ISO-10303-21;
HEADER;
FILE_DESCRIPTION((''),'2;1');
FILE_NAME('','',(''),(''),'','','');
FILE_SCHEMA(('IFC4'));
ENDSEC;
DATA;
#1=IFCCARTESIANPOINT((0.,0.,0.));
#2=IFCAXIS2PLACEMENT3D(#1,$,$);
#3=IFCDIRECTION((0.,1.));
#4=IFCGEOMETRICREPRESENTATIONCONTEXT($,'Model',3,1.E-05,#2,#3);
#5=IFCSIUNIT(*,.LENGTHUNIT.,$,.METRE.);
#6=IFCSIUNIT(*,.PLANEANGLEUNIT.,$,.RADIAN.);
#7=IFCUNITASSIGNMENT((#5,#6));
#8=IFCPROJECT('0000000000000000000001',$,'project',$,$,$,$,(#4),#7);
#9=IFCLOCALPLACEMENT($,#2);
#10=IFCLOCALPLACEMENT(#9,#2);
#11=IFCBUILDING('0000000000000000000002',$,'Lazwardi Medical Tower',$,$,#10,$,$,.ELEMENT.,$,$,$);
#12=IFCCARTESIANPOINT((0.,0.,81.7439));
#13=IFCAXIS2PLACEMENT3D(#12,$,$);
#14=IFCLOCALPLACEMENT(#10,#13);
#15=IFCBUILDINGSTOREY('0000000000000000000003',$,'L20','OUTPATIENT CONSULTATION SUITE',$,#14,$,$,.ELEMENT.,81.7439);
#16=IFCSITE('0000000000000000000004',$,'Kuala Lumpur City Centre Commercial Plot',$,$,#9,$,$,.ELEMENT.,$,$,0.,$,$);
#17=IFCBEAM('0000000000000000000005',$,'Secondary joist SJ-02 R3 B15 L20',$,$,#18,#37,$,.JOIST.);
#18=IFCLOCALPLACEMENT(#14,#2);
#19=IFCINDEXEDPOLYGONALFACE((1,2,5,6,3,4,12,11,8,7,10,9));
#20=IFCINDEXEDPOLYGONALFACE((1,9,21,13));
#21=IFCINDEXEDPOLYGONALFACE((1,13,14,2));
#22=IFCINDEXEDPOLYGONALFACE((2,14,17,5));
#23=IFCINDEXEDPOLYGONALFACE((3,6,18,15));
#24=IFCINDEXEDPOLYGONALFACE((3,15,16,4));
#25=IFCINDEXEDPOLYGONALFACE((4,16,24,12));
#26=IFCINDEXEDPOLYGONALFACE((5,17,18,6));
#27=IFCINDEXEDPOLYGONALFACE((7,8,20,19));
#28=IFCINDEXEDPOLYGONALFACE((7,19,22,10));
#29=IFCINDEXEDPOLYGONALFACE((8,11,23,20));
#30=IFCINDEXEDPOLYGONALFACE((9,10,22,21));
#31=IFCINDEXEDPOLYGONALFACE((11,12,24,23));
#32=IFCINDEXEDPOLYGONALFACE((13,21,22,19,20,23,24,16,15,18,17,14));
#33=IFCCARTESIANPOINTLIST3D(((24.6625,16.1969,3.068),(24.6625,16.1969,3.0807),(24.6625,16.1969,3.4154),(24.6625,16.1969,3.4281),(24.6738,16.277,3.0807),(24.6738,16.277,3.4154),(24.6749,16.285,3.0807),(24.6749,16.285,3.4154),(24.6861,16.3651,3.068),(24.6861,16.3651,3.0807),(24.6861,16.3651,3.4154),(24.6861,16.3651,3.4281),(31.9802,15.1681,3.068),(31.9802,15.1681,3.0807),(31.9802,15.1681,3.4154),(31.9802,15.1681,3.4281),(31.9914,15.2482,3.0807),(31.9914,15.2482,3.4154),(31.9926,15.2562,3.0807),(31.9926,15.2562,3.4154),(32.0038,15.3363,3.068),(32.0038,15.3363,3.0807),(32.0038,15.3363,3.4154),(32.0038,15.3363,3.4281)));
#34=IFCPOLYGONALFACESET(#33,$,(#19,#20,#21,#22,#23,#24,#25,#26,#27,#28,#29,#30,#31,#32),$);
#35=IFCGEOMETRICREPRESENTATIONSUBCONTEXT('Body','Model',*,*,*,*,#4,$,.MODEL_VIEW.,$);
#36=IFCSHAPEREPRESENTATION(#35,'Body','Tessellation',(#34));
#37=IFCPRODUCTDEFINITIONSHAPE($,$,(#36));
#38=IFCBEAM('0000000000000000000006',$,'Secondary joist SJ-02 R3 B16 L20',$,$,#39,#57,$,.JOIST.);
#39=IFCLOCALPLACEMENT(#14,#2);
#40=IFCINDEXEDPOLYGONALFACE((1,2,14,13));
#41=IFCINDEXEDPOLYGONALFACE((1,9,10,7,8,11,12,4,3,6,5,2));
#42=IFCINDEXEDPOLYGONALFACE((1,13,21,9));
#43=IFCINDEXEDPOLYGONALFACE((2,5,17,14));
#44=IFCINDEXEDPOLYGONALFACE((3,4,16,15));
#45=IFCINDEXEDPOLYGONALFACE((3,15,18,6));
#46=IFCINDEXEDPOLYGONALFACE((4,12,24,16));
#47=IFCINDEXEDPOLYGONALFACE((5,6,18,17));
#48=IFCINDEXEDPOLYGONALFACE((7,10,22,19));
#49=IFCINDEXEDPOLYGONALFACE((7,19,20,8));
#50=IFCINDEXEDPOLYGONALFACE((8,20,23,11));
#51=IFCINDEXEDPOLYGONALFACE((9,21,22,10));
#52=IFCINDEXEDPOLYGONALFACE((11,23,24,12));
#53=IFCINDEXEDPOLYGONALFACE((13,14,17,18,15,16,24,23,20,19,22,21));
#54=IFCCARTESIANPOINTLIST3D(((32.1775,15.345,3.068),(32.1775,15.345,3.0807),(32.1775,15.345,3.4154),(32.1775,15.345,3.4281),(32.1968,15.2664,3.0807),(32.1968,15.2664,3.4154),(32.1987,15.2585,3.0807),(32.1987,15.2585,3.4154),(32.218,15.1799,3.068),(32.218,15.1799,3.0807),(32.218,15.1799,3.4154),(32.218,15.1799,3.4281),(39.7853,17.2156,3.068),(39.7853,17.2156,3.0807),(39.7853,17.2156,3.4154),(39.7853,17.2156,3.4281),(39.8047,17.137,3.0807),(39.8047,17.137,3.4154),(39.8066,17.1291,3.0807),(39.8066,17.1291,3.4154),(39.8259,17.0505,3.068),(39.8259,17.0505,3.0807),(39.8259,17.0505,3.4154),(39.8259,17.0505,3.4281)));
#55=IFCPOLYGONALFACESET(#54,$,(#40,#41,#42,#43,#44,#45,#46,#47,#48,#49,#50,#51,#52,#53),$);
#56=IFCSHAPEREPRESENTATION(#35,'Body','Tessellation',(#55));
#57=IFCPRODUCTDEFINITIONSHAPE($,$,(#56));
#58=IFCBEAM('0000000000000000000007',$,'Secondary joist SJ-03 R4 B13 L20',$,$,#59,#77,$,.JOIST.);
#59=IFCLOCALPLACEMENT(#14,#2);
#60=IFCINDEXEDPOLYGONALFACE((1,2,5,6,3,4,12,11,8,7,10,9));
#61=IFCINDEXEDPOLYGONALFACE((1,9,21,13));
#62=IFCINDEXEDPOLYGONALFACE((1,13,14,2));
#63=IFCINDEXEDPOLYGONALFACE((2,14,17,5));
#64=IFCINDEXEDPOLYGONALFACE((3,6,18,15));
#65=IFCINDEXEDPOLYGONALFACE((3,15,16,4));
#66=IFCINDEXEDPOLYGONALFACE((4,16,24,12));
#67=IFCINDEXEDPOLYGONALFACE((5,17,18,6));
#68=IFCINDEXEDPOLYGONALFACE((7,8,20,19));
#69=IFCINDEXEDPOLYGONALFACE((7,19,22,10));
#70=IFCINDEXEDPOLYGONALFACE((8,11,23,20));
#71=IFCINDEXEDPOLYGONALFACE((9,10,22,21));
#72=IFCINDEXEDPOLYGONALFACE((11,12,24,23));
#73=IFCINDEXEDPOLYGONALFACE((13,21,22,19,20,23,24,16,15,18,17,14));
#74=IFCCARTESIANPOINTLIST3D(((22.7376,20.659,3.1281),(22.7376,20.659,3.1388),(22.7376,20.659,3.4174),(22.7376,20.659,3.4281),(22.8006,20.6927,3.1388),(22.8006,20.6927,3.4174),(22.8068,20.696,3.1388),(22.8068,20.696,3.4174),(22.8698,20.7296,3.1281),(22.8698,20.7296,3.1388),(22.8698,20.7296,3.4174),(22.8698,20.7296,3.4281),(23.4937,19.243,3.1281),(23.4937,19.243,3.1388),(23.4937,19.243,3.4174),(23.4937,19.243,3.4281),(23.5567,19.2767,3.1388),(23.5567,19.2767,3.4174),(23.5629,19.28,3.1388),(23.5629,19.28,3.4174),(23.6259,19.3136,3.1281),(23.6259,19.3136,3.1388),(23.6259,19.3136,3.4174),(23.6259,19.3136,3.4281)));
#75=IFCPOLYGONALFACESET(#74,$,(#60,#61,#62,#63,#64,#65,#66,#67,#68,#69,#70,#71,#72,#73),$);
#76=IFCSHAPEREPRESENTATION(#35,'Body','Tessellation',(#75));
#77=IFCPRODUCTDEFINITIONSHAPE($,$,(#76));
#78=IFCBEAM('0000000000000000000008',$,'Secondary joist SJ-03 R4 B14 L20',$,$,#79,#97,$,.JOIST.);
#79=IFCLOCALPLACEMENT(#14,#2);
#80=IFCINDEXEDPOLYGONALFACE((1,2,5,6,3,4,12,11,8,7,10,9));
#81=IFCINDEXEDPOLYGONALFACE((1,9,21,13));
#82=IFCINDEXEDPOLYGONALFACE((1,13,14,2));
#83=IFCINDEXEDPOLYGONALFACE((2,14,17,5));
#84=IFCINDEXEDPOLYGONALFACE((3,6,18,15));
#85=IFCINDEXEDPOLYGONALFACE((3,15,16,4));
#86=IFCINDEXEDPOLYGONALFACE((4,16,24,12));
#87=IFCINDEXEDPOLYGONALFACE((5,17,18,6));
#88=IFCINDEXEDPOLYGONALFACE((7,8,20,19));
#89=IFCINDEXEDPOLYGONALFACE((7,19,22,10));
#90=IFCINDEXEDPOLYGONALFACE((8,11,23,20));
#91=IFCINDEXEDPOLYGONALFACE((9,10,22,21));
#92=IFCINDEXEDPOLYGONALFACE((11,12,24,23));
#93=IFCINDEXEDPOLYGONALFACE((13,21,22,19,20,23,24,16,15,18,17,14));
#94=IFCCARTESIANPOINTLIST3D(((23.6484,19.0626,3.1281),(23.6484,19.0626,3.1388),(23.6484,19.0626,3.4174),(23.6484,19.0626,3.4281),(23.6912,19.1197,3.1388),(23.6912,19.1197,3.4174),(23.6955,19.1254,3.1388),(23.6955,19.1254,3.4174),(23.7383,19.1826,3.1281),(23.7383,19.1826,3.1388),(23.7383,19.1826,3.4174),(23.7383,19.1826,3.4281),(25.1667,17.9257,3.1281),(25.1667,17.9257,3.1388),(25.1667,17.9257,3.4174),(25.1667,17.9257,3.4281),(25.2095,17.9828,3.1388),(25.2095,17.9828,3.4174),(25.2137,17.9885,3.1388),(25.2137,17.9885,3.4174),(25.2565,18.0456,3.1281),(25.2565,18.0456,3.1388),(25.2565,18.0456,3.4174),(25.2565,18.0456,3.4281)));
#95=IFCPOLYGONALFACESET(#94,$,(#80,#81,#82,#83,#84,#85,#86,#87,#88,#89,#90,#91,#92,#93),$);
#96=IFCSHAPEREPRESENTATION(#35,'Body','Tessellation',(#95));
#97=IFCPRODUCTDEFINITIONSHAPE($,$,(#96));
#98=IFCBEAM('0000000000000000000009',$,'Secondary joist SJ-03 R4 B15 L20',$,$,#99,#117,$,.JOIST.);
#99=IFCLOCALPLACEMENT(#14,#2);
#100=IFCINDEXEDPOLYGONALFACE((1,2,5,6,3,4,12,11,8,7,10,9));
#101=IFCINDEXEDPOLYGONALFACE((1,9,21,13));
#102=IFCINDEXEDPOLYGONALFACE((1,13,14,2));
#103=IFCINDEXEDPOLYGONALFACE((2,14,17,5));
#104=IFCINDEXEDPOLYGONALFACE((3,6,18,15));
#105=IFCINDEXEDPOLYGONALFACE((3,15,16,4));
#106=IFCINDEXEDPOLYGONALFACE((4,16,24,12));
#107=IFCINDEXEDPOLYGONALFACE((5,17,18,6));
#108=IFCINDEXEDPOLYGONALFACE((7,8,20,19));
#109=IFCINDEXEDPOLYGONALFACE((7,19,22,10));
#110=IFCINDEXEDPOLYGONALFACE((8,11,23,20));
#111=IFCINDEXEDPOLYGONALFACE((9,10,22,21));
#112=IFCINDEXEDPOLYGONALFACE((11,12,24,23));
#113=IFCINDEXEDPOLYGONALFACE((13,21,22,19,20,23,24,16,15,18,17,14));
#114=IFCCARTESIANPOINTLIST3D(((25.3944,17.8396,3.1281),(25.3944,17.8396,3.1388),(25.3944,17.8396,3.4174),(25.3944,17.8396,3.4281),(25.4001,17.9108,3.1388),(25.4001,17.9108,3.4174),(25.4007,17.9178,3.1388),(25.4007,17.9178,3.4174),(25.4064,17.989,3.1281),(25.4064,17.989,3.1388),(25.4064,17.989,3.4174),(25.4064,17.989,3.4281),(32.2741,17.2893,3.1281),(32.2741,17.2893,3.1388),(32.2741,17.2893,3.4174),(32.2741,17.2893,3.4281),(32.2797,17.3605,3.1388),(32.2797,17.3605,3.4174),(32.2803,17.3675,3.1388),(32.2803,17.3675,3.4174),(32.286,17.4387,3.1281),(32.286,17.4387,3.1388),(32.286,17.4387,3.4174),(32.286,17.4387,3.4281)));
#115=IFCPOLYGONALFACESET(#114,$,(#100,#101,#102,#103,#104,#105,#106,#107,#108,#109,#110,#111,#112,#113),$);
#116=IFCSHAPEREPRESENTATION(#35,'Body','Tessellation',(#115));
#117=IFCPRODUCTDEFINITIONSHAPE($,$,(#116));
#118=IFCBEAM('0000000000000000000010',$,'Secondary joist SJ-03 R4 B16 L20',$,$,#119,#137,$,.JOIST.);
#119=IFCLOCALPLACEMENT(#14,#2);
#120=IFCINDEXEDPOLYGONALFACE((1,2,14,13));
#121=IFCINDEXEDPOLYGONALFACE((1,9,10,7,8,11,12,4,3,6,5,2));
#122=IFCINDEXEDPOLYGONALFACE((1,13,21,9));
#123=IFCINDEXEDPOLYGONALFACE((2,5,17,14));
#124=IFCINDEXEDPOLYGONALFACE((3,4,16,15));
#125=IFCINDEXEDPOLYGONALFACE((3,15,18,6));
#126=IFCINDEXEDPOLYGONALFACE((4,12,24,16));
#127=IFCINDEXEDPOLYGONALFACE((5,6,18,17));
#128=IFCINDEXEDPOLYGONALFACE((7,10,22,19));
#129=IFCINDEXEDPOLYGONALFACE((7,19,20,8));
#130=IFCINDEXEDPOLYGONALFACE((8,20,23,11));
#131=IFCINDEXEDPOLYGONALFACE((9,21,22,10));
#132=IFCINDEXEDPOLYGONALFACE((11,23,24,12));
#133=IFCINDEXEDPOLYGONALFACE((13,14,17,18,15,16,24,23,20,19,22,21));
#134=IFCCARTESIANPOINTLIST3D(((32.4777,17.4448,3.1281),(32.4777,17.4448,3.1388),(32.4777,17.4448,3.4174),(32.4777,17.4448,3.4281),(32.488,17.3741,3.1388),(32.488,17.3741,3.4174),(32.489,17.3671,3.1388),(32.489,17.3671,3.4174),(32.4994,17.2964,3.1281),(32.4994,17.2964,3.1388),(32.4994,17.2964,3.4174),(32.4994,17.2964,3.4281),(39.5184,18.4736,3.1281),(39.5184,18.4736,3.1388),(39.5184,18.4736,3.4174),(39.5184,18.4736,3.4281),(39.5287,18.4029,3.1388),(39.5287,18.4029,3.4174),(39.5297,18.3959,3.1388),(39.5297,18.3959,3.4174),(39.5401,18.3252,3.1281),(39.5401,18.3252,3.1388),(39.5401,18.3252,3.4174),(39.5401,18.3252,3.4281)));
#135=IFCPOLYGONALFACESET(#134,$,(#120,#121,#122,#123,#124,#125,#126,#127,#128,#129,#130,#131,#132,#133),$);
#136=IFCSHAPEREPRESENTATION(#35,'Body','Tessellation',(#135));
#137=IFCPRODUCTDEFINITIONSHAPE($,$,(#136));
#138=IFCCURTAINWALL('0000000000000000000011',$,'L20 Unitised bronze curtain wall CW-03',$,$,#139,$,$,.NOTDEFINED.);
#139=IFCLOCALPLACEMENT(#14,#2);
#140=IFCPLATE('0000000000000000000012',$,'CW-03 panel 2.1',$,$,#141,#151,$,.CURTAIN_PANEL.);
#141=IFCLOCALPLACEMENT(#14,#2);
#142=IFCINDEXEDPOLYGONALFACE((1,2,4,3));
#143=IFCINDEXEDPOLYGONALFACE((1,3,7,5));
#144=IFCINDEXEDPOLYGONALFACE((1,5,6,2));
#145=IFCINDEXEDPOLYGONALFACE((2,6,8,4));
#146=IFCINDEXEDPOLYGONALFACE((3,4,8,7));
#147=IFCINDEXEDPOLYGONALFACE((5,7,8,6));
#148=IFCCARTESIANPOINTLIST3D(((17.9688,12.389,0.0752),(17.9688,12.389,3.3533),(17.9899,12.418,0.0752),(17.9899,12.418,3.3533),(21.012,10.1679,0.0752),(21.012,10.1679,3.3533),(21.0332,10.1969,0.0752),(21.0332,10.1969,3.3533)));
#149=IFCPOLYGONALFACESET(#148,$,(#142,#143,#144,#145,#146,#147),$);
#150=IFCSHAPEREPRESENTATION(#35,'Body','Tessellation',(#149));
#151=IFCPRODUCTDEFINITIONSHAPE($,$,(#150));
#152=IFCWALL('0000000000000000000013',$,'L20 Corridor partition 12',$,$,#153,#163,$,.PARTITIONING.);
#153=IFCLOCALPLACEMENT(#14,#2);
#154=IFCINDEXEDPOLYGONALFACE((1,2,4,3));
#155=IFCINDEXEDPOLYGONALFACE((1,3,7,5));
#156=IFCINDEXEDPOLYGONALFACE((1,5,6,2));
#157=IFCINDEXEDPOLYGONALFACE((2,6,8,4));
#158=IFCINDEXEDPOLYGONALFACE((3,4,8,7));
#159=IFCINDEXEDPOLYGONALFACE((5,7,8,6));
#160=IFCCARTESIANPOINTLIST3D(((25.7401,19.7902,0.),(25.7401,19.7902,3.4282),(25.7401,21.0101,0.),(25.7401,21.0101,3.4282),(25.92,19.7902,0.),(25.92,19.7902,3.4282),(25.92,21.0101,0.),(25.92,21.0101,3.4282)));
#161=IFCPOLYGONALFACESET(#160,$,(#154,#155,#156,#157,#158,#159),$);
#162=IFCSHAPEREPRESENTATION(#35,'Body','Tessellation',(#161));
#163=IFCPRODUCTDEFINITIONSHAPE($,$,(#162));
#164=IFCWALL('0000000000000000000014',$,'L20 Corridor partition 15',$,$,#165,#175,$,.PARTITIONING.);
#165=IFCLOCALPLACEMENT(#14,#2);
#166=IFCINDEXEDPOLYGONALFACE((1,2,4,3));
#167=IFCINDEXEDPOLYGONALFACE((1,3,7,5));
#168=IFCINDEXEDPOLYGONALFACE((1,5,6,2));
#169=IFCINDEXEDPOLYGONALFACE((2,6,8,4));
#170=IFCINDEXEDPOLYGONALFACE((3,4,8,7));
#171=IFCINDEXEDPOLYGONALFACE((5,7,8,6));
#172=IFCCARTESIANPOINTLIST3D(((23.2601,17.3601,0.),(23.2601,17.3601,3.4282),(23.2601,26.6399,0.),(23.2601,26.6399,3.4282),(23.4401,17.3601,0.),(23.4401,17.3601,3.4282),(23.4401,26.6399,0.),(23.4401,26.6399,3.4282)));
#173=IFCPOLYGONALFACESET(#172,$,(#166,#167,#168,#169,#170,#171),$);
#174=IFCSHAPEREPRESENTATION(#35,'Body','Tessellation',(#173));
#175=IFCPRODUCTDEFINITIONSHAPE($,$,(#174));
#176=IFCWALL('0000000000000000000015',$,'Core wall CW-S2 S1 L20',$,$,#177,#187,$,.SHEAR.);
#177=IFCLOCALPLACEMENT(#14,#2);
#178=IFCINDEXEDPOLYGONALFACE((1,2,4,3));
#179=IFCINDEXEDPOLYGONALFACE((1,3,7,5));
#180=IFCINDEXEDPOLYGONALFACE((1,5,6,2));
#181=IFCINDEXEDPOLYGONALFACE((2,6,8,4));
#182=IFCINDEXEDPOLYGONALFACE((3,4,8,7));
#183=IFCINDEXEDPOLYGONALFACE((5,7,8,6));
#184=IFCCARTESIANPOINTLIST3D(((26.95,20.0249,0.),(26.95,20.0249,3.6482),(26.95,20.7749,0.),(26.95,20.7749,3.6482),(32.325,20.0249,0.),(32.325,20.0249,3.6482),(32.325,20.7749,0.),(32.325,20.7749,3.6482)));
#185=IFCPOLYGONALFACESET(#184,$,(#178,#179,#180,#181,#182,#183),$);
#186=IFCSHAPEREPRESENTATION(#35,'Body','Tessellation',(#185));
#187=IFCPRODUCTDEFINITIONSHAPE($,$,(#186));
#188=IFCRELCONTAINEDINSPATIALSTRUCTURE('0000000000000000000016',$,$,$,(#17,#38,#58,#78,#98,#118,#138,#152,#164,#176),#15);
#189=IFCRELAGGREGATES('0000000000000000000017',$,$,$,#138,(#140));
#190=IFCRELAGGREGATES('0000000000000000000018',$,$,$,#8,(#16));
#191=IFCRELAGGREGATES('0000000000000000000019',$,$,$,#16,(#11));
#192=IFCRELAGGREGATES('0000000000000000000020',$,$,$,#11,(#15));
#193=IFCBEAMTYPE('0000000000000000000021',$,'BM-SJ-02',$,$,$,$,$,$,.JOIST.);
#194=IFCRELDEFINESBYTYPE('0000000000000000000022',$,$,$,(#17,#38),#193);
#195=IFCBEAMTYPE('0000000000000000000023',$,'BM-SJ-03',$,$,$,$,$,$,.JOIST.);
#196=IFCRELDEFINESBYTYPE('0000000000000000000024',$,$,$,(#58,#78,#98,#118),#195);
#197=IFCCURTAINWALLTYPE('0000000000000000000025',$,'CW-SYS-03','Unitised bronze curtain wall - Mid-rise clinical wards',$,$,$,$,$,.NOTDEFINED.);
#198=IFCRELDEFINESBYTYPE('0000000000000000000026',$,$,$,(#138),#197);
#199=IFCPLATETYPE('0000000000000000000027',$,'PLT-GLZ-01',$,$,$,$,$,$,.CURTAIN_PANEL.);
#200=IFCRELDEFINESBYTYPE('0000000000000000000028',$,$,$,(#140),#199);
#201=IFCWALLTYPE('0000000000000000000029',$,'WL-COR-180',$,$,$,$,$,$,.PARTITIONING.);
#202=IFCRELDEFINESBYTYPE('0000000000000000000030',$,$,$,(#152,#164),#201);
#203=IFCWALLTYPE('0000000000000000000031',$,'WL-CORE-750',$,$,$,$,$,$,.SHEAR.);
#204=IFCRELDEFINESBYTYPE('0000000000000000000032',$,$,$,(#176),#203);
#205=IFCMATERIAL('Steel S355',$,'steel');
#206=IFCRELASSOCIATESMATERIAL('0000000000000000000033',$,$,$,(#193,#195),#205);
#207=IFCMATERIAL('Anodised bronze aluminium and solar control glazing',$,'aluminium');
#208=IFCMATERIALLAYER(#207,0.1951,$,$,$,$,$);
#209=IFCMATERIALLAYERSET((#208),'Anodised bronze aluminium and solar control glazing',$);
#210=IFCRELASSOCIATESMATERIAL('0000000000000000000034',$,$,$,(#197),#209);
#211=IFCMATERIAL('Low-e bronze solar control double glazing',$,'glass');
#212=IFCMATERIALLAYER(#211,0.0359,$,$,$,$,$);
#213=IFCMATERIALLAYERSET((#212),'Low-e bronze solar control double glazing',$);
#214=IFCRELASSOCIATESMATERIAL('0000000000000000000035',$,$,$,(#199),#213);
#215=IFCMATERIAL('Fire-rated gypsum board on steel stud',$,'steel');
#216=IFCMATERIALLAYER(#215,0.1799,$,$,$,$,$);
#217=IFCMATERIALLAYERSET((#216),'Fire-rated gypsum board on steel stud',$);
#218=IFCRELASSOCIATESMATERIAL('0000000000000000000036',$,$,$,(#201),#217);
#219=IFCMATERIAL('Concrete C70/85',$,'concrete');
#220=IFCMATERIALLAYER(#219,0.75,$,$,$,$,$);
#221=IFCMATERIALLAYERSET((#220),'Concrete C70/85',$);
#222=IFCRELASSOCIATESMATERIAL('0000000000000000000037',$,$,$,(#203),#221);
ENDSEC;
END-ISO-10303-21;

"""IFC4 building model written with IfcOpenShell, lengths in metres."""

from ifc_helpers import new_model, si_unit, direction, frame, frame_2d, origin, origin_2d, place, context, subcontext, project, spatial, rectangle, i_section, extrude, material, layer, layer_set, material_profile, profile_set, type_object, element, aggregate, save


model = new_model("IFC4")

# Units and contexts
model_context = context("Model", 3, precision=1e-05, world=origin(), true_north=direction((0.0, 1.0)))
body_context = subcontext(model_context, "Body", "Model", "MODEL_VIEW")
ifc_project = project(units=[si_unit("LENGTHUNIT", "METRE"), si_unit("PLANEANGLEUNIT", "RADIAN")], contexts=[model_context])

# Site, building, storey
site_placement = place(None, origin())
site = spatial("IfcSite", under=ifc_project, at=site_placement, Name="Kuala Lumpur City Centre Commercial Plot", CompositionType="ELEMENT", RefElevation=0.0)
building_placement = place(site_placement, origin())
building = spatial("IfcBuilding", under=site, at=building_placement, Name="Lazwardi Medical Tower", CompositionType="ELEMENT")
storey_placement = place(building_placement, frame((0.0, 0.0, 81.7439)))
storey = spatial("IfcBuildingStorey", under=building, at=storey_placement, Name="L20", Description="OUTPATIENT CONSULTATION SUITE", CompositionType="ELEMENT", Elevation=81.7439)

# Shared definitions
ifc_material_1 = material(Name="Concrete C70/85", Category="concrete")

# Beams
ifc_material_2 = material(Name="Steel S355", Category="steel")
ifc_material_profile_1 = material_profile(ifc_material_2, i_section(OverallWidth=0.1699, OverallDepth=0.3601, WebThickness=0.0081, FlangeThickness=0.0127, at=origin_2d()), Name="IPE 360")
ifc_profile_set_1 = profile_set([ifc_material_profile_1], Name="Steel S355")
beam_type_1 = type_object("IfcBeamType", Name="BM-SJ-02", PredefinedType="JOIST", material=ifc_profile_set_1)
beam_1_placement = place(storey_placement, frame((24.6743, 16.281, 3.248), z_axis=(0.990261, -0.139224, 0.0), x_axis=(0.139224, 0.990261, 0.0)))
element("IfcBeam", 1, at=beam_1_placement, inside=storey, type_object=beam_type_1, Name="Secondary joist SJ-02 R3 B15 L20", PredefinedType="JOIST", context=body_context, shape_type="SweptSolid", body=[
    extrude(i_section(OverallWidth=0.1699, OverallDepth=0.3601, WebThickness=0.0081, FlangeThickness=0.0127, at=origin_2d()), origin(), (0.0, 0.0, 1.0), 7.3896),
])
beam_2_placement = place(storey_placement, frame((32.1978, 15.2625, 3.248), z_axis=(0.971077, 0.238765, 0.0), x_axis=(-0.238765, 0.971077, 0.0)))
element("IfcBeam", 2, at=beam_2_placement, inside=storey, type_object=beam_type_1, Name="Secondary joist SJ-02 R3 B16 L20", PredefinedType="JOIST", context=body_context, shape_type="SweptSolid", body=[
    extrude(i_section(OverallWidth=0.1699, OverallDepth=0.3601, WebThickness=0.0081, FlangeThickness=0.0127, at=origin_2d()), origin(), (0.0, 0.0, 1.0), 7.8345),
])
ifc_material_profile_2 = material_profile(ifc_material_2, i_section(OverallWidth=0.1499, OverallDepth=0.3, WebThickness=0.0071, FlangeThickness=0.0107, at=origin_2d()), Name="IPE 300")
ifc_profile_set_2 = profile_set([ifc_material_profile_2], Name="Steel S355")
beam_type_2 = type_object("IfcBeamType", Name="BM-SJ-03", PredefinedType="JOIST", material=ifc_profile_set_2)
beam_3_placement = place(storey_placement, frame((22.8037, 20.6943, 3.2781), z_axis=(0.471022, -0.882121, 0.0), x_axis=(0.882121, 0.471022, 0.0)))
element("IfcBeam", 3, at=beam_3_placement, inside=storey, type_object=beam_type_2, Name="Secondary joist SJ-03 R4 B13 L20", PredefinedType="JOIST", context=body_context, shape_type="SweptSolid", body=[
    extrude(i_section(OverallWidth=0.1499, OverallDepth=0.3, WebThickness=0.0071, FlangeThickness=0.0107, at=origin_2d()), origin(), (0.0, 0.0, 1.0), 1.6052),
])
beam_4_placement = place(storey_placement, frame((23.6934, 19.1226, 3.2781), z_axis=(0.800448, -0.599403, 0.0), x_axis=(0.599403, 0.800448, 0.0)))
element("IfcBeam", 4, at=beam_4_placement, inside=storey, type_object=beam_type_2, Name="Secondary joist SJ-03 R4 B14 L20", PredefinedType="JOIST", context=body_context, shape_type="SweptSolid", body=[
    extrude(i_section(OverallWidth=0.1499, OverallDepth=0.3, WebThickness=0.0071, FlangeThickness=0.0107, at=origin_2d()), origin(), (0.0, 0.0, 1.0), 1.8967),
])
beam_5_placement = place(storey_placement, frame((25.4004, 17.9143, 3.2781), z_axis=(0.996816, -0.079734, 0.0), x_axis=(0.079734, 0.996816, 0.0)))
element("IfcBeam", 5, at=beam_5_placement, inside=storey, type_object=beam_type_2, Name="Secondary joist SJ-03 R4 B15 L20", PredefinedType="JOIST", context=body_context, shape_type="SweptSolid", body=[
    extrude(i_section(OverallWidth=0.1499, OverallDepth=0.3, WebThickness=0.0071, FlangeThickness=0.0107, at=origin_2d()), origin(), (0.0, 0.0, 1.0), 6.9016),
])
beam_6_placement = place(storey_placement, frame((32.4885, 17.3706, 3.2781), z_axis=(0.989492, 0.144586, 0.0), x_axis=(-0.144586, 0.989492, 0.0)))
element("IfcBeam", 6, at=beam_6_placement, inside=storey, type_object=beam_type_2, Name="Secondary joist SJ-03 R4 B16 L20", PredefinedType="JOIST", context=body_context, shape_type="SweptSolid", body=[
    extrude(i_section(OverallWidth=0.1499, OverallDepth=0.3, WebThickness=0.0071, FlangeThickness=0.0107, at=origin_2d()), origin(), (0.0, 0.0, 1.0), 7.1155),
])

# Curtain wall, plate
ifc_material_3 = material(Name="Anodised bronze aluminium and solar control glazing", Category="aluminium")
ifc_layer_1 = layer(ifc_material_3, 0.1951)
ifc_layer_set_1 = layer_set([ifc_layer_1], Name="Anodised bronze aluminium and solar control glazing")
curtain_wall_type = type_object("IfcCurtainWallType", Name="CW-SYS-03", Description="Unitised bronze curtain wall - Mid-rise clinical wards", PredefinedType="NOTDEFINED", material=ifc_layer_set_1)
curtain_wall_placement = place(storey_placement, origin())
curtain_wall = element("IfcCurtainWall", 7, at=curtain_wall_placement, inside=storey, type_object=curtain_wall_type, Name="L20 Unitised bronze curtain wall CW-03", PredefinedType="NOTDEFINED")
ifc_material_4 = material(Name="Low-e bronze solar control double glazing", Category="glass")
ifc_layer_2 = layer(ifc_material_4, 0.0359)
ifc_layer_set_2 = layer_set([ifc_layer_2], Name="Low-e bronze solar control double glazing")
plate_type = type_object("IfcPlateType", Name="PLT-GLZ-01", PredefinedType="CURTAIN_PANEL", material=ifc_layer_set_2)
plate_placement = place(storey_placement, frame((19.501, 11.293, 0.0752), z_axis=(0.0, 0.0, 1.0), x_axis=(0.807746, -0.589531, 0.0)))
plate = element("IfcPlate", 8, at=plate_placement, type_object=plate_type, Name="CW-03 panel 2.1", PredefinedType="CURTAIN_PANEL", context=body_context, shape_type="SweptSolid", body=[
    extrude(rectangle(XDim=3.7676, YDim=0.0359, at=origin_2d()), origin(), (0.0, 0.0, 1.0), 3.2781),
])
aggregate(curtain_wall, [plate])

# Walls
ifc_material_5 = material(Name="Fire-rated gypsum board on steel stud", Category="steel")
ifc_layer_3 = layer(ifc_material_5, 0.1799)
ifc_layer_set_3 = layer_set([ifc_layer_3], Name="Fire-rated gypsum board on steel stud")
wall_type_1 = type_object("IfcWallType", Name="WL-COR-180", PredefinedType="PARTITIONING", material=ifc_layer_set_3)
wall_1_placement = place(storey_placement, frame((25.8301, 21.01, 0.0), z_axis=(0.0, 0.0, 1.0), x_axis=(0.0, -1.0, 0.0)))
element("IfcWall", 9, at=wall_1_placement, inside=storey, type_object=wall_type_1, Name="L20 Corridor partition 12", PredefinedType="PARTITIONING", context=body_context, shape_type="SweptSolid", body=[
    extrude(rectangle(XDim=1.22, YDim=0.1799, at=frame_2d((0.6099, 0.0))), origin(), (0.0, 0.0, 1.0), 3.4282),
])
wall_2_placement = place(storey_placement, frame((23.3501, 17.3601, 0.0), z_axis=(0.0, 0.0, 1.0), x_axis=(0.0, 1.0, 0.0)))
element("IfcWall", 10, at=wall_2_placement, inside=storey, type_object=wall_type_1, Name="L20 Corridor partition 15", PredefinedType="PARTITIONING", context=body_context, shape_type="SweptSolid", body=[
    extrude(rectangle(XDim=9.2798, YDim=0.1799, at=frame_2d((4.6399, 0.0))), origin(), (0.0, 0.0, 1.0), 3.4282),
])

# Shared definitions
ifc_layer_4 = layer(ifc_material_1, 0.75)
ifc_layer_set_4 = layer_set([ifc_layer_4], Name="Concrete C70/85")
wall_type_2 = type_object("IfcWallType", Name="WL-CORE-750", PredefinedType="SHEAR", material=ifc_layer_set_4)

# Wall
wall_3_placement = place(storey_placement, frame((26.95, 20.3999, 0.0), z_axis=(0.0, 0.0, 1.0), x_axis=(1.0, 0.0, 0.0)))
element("IfcWall", 11, at=wall_3_placement, inside=storey, type_object=wall_type_2, Name="Core wall CW-S2 S1 L20", PredefinedType="SHEAR", context=body_context, shape_type="SweptSolid", body=[
    extrude(rectangle(XDim=5.375, YDim=0.75, at=frame_2d((2.6875, 0.0))), origin(), (0.0, 0.0, 1.0), 3.6482),
])

save(model, "model.ifc")
